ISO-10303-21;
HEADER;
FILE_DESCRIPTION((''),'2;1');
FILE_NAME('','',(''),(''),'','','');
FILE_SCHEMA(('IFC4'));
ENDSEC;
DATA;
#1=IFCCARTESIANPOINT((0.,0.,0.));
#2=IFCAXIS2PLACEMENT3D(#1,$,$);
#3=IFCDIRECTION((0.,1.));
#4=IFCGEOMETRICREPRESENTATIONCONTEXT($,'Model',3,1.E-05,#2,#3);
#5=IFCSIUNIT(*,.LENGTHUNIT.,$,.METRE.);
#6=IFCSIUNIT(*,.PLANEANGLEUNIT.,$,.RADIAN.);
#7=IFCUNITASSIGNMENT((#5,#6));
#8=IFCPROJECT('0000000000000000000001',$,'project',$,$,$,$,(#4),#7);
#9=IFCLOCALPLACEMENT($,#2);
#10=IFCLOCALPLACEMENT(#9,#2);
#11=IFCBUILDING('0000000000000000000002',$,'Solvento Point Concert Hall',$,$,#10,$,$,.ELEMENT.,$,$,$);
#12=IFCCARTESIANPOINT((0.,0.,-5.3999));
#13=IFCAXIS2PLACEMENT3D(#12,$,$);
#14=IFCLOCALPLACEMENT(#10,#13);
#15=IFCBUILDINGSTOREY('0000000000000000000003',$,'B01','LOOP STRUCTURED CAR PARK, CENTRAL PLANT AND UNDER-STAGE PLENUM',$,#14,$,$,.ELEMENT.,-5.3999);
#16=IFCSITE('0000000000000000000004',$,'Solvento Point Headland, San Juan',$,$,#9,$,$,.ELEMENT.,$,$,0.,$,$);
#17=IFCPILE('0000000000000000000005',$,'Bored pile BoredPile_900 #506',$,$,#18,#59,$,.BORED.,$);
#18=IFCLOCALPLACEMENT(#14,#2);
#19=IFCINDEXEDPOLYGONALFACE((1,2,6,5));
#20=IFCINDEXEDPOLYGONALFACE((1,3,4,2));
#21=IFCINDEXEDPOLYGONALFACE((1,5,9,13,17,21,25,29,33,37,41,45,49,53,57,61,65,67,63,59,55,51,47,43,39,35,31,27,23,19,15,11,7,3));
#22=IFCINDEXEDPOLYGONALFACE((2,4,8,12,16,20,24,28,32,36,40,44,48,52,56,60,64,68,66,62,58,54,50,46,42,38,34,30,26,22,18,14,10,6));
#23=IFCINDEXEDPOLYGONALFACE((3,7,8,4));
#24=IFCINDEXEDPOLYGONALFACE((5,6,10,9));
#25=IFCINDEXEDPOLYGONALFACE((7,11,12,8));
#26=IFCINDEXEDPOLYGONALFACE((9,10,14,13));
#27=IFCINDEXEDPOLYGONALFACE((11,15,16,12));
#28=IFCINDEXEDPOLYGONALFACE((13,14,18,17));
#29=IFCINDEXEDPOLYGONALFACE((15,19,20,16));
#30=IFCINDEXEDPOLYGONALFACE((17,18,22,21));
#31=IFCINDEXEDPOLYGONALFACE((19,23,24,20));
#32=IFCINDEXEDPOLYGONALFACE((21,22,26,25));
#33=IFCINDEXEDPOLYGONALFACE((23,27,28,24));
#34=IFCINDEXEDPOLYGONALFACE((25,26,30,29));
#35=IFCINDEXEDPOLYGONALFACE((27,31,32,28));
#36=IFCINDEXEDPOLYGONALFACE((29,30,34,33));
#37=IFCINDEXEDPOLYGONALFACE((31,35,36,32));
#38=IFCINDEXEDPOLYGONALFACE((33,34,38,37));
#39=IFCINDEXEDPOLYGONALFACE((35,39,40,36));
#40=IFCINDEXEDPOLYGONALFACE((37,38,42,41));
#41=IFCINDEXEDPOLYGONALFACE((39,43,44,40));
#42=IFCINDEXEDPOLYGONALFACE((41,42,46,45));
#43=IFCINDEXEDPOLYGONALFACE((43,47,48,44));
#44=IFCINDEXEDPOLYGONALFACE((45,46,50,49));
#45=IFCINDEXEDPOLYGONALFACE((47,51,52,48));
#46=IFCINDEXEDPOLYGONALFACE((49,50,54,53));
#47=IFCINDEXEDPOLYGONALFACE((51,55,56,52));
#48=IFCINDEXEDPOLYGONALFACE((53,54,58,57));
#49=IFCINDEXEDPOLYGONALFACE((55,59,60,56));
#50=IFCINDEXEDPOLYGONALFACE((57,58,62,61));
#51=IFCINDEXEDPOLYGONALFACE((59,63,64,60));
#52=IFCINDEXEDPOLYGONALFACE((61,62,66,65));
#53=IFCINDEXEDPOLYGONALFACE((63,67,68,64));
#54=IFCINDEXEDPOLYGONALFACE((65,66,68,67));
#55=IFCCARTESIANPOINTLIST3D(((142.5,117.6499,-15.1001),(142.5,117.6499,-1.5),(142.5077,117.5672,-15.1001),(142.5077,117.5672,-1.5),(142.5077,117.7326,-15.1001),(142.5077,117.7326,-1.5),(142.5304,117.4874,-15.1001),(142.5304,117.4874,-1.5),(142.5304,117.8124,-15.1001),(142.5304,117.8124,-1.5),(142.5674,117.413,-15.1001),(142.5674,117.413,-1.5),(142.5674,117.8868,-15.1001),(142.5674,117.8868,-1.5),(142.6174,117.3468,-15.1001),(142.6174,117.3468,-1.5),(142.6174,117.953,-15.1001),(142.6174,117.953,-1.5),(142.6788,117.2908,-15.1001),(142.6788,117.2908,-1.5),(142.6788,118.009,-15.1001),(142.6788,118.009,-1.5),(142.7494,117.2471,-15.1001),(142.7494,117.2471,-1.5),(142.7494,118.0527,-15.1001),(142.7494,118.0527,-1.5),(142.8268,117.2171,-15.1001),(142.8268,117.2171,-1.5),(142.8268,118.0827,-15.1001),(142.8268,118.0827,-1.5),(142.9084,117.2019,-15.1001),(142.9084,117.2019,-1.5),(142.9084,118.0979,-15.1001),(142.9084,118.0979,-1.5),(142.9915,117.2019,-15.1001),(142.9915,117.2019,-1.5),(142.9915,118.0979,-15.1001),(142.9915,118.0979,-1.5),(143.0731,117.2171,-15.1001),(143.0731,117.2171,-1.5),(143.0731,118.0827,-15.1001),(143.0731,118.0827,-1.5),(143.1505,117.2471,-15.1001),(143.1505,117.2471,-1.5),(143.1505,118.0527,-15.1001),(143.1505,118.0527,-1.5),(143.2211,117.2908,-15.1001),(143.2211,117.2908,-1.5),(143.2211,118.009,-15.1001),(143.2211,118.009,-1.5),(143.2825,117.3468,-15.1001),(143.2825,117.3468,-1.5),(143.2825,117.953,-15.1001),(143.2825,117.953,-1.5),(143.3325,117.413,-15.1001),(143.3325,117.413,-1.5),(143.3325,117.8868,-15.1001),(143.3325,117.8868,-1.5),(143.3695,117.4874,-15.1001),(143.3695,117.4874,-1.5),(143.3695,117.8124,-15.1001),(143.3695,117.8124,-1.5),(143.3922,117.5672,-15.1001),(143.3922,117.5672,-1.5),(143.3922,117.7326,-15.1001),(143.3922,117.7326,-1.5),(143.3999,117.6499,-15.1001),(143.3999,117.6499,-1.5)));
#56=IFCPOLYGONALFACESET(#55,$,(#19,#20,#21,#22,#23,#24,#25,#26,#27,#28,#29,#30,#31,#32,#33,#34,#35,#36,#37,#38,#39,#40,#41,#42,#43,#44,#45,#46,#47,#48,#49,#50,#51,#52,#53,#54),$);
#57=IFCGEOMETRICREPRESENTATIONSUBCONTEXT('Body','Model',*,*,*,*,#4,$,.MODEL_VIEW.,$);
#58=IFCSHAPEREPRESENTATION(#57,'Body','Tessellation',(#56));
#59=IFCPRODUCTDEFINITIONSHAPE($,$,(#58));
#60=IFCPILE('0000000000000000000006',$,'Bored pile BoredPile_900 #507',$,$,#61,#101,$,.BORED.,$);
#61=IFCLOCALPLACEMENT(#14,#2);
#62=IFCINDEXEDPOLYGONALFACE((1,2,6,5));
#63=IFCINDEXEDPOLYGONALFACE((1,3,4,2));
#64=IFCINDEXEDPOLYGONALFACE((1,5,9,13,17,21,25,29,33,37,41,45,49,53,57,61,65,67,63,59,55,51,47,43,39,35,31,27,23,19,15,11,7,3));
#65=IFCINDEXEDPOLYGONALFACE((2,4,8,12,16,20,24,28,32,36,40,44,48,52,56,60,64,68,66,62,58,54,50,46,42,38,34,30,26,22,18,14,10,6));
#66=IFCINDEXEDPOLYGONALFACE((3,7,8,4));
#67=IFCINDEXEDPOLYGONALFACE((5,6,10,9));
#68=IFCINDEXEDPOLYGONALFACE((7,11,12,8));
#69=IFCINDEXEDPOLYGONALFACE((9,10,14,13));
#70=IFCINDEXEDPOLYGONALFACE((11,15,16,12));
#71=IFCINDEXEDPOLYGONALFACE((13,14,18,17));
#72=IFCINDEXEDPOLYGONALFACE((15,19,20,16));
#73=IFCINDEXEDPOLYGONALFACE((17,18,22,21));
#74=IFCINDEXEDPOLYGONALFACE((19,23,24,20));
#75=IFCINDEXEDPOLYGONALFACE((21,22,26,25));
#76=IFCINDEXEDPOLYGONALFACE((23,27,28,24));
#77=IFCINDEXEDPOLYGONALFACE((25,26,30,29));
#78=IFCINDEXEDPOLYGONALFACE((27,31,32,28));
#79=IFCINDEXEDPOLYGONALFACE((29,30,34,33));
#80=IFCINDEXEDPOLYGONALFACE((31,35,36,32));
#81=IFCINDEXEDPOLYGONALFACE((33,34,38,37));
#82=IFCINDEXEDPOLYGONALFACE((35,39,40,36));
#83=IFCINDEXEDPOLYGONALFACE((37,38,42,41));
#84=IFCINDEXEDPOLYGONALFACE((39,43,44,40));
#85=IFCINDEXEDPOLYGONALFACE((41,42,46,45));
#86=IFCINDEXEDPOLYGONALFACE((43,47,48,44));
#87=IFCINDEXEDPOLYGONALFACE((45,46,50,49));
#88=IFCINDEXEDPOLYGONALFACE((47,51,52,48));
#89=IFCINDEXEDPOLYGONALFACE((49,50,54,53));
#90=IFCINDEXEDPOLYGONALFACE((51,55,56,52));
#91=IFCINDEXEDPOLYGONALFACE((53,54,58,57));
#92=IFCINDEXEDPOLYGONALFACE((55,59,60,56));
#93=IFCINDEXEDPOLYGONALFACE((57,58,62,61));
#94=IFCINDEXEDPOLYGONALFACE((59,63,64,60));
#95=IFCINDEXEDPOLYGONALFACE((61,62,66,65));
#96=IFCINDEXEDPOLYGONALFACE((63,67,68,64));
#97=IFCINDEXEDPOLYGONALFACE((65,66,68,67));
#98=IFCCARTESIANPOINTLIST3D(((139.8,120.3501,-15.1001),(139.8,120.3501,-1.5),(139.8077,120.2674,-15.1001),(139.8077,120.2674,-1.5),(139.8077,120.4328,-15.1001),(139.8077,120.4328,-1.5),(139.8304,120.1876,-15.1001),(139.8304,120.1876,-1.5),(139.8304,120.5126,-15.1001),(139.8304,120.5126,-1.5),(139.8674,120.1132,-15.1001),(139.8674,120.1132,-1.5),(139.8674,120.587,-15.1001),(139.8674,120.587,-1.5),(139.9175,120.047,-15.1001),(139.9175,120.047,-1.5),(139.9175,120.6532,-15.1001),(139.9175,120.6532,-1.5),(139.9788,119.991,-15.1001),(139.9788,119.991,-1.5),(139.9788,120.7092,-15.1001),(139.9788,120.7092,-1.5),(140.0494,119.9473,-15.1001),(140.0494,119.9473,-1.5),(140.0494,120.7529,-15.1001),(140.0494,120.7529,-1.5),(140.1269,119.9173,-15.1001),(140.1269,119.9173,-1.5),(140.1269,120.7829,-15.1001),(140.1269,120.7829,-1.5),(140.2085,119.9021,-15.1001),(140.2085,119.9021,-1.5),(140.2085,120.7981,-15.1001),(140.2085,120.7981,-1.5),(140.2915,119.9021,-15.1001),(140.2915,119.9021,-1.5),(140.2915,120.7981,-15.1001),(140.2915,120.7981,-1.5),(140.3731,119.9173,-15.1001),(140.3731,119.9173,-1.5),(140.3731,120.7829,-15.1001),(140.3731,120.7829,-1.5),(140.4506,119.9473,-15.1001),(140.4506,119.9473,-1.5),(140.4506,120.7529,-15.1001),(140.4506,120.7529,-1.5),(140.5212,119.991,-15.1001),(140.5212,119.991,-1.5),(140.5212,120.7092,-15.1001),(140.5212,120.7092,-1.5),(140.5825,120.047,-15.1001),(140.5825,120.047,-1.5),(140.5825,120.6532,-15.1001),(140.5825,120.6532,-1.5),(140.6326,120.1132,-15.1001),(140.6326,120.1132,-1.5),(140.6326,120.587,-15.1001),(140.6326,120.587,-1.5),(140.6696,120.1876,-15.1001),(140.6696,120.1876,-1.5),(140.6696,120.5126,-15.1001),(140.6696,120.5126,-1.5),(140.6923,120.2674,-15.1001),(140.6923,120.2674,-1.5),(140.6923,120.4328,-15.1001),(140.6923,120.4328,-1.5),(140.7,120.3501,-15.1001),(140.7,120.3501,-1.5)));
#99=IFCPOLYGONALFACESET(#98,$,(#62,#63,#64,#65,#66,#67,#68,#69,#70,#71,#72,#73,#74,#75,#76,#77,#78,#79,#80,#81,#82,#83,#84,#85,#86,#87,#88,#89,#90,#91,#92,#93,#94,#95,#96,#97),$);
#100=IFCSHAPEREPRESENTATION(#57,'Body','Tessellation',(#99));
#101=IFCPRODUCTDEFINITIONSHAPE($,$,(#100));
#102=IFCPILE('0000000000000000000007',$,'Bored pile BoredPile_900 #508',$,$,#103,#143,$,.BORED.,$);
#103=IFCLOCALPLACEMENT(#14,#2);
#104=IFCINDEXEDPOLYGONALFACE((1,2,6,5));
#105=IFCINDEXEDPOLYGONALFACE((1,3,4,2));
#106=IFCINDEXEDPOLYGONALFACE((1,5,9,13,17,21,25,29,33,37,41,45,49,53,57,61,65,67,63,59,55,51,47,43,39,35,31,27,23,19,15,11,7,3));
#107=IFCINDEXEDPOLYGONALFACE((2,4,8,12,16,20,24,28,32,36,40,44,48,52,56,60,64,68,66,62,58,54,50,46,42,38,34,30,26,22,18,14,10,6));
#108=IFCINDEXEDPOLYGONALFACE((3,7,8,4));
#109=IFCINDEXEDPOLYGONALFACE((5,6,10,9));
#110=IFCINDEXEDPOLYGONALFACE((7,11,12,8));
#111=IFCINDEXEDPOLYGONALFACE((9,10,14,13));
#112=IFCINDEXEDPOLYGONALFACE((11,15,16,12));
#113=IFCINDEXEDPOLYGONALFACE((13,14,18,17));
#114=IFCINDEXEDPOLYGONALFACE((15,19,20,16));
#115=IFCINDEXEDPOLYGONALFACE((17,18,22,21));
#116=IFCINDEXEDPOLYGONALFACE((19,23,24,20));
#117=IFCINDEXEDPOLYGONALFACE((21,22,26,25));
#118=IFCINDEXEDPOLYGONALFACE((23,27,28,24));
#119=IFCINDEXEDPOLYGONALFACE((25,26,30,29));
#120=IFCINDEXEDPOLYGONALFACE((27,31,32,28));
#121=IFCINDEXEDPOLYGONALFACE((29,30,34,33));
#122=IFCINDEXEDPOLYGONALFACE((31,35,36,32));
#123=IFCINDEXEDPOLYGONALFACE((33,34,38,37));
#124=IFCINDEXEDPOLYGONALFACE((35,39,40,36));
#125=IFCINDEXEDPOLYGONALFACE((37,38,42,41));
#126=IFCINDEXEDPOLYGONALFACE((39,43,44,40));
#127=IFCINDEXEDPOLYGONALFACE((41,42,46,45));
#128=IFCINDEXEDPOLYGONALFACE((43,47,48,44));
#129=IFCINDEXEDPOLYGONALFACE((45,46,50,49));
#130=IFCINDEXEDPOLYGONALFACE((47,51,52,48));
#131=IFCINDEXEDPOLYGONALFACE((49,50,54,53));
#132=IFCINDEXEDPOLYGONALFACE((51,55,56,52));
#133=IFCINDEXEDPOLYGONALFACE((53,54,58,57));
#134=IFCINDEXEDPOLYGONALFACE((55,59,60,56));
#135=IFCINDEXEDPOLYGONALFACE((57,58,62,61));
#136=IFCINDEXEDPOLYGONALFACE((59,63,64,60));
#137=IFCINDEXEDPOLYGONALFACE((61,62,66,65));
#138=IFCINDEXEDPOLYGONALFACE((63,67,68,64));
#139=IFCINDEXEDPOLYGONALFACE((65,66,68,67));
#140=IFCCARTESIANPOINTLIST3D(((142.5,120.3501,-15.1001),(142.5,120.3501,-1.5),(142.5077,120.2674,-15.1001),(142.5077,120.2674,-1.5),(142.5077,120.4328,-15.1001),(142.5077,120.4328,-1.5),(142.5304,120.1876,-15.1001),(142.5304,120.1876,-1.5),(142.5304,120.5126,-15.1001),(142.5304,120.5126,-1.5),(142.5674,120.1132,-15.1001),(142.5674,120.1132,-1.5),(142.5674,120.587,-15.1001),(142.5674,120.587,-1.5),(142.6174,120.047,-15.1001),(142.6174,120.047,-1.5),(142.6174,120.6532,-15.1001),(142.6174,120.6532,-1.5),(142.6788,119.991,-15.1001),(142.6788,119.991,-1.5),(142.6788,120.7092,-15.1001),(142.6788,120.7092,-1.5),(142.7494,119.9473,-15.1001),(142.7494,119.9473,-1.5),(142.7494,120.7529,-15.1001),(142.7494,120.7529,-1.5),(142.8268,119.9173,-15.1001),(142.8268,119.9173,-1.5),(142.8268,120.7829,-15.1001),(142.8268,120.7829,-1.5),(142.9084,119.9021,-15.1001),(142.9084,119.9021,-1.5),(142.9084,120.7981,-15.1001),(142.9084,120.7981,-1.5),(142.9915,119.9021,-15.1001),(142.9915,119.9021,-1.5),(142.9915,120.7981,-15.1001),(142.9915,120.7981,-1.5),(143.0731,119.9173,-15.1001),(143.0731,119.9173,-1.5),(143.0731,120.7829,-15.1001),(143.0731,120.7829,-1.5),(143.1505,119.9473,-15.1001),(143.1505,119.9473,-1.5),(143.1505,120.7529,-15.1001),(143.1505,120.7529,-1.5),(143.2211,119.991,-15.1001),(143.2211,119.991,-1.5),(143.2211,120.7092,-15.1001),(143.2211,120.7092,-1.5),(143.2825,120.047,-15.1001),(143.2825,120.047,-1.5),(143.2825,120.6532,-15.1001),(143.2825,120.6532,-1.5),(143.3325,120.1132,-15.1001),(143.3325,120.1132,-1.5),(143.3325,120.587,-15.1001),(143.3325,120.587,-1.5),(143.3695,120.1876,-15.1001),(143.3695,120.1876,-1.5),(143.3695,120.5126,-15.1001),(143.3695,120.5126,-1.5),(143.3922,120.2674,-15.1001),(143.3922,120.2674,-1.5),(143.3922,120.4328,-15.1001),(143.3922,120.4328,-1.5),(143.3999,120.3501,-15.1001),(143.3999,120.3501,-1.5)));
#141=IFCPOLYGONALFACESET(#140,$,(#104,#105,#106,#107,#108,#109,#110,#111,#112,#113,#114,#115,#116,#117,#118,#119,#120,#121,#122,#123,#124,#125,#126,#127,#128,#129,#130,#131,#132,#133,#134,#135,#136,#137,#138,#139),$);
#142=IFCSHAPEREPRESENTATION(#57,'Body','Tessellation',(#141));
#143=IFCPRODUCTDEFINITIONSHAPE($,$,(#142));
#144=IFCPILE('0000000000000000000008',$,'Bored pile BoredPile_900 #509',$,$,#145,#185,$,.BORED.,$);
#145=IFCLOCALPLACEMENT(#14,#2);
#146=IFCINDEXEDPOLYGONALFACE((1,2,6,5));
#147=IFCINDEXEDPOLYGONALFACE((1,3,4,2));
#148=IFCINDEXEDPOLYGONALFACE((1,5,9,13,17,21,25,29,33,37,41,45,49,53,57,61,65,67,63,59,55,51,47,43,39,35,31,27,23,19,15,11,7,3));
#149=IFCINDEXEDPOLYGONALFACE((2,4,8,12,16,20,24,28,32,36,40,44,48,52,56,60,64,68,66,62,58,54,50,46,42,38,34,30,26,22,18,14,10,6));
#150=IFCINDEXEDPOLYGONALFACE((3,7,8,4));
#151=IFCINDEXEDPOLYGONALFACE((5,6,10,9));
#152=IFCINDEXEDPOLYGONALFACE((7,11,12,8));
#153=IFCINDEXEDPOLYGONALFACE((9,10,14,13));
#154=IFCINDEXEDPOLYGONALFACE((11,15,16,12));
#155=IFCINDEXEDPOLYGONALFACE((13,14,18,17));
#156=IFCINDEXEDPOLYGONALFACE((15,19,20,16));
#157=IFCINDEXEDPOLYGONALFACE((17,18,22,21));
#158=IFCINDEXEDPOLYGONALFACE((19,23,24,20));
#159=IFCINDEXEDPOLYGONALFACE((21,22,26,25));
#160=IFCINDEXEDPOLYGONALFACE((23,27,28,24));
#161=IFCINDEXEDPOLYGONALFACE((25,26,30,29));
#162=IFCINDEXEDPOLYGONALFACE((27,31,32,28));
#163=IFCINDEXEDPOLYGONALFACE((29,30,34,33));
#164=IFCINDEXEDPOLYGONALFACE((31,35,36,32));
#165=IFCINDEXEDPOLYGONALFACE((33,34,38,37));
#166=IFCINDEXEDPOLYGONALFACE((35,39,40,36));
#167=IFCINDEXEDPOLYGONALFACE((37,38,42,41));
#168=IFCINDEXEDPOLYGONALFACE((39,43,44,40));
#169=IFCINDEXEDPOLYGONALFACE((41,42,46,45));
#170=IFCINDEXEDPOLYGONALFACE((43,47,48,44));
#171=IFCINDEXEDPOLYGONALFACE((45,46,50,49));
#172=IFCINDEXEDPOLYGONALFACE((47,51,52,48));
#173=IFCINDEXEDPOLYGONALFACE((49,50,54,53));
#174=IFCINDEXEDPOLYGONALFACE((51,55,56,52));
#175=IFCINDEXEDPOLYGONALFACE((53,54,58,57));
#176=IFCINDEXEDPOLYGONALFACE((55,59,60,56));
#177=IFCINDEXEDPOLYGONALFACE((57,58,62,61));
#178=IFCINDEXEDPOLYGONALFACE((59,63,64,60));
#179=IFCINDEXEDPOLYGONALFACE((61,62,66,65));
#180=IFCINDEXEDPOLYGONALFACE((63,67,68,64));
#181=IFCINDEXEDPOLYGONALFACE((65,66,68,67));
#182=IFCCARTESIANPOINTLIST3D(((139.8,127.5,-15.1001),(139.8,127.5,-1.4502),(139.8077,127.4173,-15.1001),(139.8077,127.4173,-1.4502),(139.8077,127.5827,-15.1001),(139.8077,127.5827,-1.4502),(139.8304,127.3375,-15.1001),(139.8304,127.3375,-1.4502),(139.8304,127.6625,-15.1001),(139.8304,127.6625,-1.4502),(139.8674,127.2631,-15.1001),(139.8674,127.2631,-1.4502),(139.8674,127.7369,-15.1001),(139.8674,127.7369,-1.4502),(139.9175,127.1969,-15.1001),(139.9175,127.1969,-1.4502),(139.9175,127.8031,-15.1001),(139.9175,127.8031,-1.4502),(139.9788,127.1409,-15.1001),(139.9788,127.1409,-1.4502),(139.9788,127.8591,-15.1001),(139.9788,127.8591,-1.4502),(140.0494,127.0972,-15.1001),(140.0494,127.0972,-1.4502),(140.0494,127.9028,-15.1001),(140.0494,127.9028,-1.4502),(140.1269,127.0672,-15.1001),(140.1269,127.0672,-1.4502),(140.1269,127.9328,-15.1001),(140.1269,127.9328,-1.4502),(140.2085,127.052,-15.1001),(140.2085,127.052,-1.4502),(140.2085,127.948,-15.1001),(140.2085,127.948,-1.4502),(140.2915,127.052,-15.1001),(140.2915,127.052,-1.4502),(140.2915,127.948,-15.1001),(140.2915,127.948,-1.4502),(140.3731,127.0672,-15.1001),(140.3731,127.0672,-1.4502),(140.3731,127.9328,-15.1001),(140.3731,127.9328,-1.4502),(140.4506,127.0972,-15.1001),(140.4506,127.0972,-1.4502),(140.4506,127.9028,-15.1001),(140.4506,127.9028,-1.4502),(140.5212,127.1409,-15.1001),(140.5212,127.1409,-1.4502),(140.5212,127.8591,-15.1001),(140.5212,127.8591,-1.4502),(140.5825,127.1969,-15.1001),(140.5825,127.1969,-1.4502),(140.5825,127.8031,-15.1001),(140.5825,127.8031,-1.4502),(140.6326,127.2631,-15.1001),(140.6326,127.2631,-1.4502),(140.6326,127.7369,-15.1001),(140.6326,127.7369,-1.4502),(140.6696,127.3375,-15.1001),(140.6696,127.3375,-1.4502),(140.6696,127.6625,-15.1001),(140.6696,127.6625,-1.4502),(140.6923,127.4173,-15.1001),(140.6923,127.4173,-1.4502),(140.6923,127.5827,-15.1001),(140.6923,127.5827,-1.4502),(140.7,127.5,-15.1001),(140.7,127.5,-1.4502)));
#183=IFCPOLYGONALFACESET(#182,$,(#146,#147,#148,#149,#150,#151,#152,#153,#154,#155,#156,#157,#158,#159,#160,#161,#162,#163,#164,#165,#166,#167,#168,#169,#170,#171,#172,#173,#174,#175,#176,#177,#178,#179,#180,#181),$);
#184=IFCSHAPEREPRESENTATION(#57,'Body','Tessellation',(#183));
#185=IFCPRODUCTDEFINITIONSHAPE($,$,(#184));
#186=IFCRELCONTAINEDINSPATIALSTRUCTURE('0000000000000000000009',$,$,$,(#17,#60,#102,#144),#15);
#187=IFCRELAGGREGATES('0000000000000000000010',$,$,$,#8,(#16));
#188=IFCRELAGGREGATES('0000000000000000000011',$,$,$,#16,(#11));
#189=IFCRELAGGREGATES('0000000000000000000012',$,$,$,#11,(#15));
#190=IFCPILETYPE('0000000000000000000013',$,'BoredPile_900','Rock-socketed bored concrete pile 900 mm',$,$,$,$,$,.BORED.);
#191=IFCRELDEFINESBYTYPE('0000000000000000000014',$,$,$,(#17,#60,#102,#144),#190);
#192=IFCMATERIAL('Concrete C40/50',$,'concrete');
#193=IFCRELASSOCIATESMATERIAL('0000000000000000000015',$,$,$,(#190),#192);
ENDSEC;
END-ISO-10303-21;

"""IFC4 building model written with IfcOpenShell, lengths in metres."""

from ifc_helpers import new_model, si_unit, direction, frame, origin, origin_2d, place, context, subcontext, project, spatial, circle, extrude, material, material_profile, profile_set, type_object, element, save


model = new_model("IFC4")

# Units and contexts
model_context = context("Model", 3, precision=1e-05, world=origin(), true_north=direction((0.0, 1.0)))
body_context = subcontext(model_context, "Body", "Model", "MODEL_VIEW")
ifc_project = project(units=[si_unit("LENGTHUNIT", "METRE"), si_unit("PLANEANGLEUNIT", "RADIAN")], contexts=[model_context])

# Site, building, storey
site_placement = place(None, origin())
site = spatial("IfcSite", under=ifc_project, at=site_placement, Name="Solvento Point Headland, San Juan", CompositionType="ELEMENT", RefElevation=0.0)
building_placement = place(site_placement, origin())
building = spatial("IfcBuilding", under=site, at=building_placement, Name="Solvento Point Concert Hall", CompositionType="ELEMENT")
storey_placement = place(building_placement, frame((0.0, 0.0, -5.3999)))
storey = spatial("IfcBuildingStorey", under=building, at=storey_placement, Name="B01", Description="LOOP STRUCTURED CAR PARK, CENTRAL PLANT AND UNDER-STAGE PLENUM", CompositionType="ELEMENT", Elevation=-5.3999)

# Piles
ifc_material_1 = material(Name="Concrete C40/50", Category="concrete")
ifc_material_profile_1 = material_profile(ifc_material_1, circle(Radius=0.45, at=origin_2d()), Name="BP-900")
ifc_profile_set_1 = profile_set([ifc_material_profile_1], Name="Concrete C40/50")
pile_type_1 = type_object("IfcPileType", Name="BoredPile_900", Description="Rock-socketed bored concrete pile 900 mm", PredefinedType="BORED", material=ifc_profile_set_1)
for number, where, z_axis, x_axis, name in (
    (1, (142.95, 117.6499, -1.5), (0.0, 0.0, -1.0), (1.0, 0.0, 0.0), "Bored pile BoredPile_900 #506"),
    (2, (140.25, 120.3501, -1.5), (0.0, 0.0, -1.0), (1.0, 0.0, 0.0), "Bored pile BoredPile_900 #507"),
    (3, (142.95, 120.3501, -1.5), (0.0, 0.0, -1.0), (1.0, 0.0, 0.0), "Bored pile BoredPile_900 #508"),
):
    element("IfcPile", number, at=place(storey_placement, frame(where, z_axis=z_axis, x_axis=x_axis)), inside=storey, type_object=pile_type_1, Name=name, PredefinedType="BORED", context=body_context, shape_type="SweptSolid", body=[
        extrude(circle(Radius=0.45, at=origin_2d()), origin(), (0.0, 0.0, 1.0), 13.6001),
    ])
for number, where, z_axis, x_axis, name in (
    (4, (140.25, 127.5, -1.4502), (0.0, 0.0, -1.0), (1.0, 0.0, 0.0), "Bored pile BoredPile_900 #509"),
):
    element("IfcPile", number, at=place(storey_placement, frame(where, z_axis=z_axis, x_axis=x_axis)), inside=storey, type_object=pile_type_1, Name=name, PredefinedType="BORED", context=body_context, shape_type="SweptSolid", body=[
        extrude(circle(Radius=0.45, at=origin_2d()), origin(), (0.0, 0.0, 1.0), 13.6499),
    ])

save(model, "model.ifc")
